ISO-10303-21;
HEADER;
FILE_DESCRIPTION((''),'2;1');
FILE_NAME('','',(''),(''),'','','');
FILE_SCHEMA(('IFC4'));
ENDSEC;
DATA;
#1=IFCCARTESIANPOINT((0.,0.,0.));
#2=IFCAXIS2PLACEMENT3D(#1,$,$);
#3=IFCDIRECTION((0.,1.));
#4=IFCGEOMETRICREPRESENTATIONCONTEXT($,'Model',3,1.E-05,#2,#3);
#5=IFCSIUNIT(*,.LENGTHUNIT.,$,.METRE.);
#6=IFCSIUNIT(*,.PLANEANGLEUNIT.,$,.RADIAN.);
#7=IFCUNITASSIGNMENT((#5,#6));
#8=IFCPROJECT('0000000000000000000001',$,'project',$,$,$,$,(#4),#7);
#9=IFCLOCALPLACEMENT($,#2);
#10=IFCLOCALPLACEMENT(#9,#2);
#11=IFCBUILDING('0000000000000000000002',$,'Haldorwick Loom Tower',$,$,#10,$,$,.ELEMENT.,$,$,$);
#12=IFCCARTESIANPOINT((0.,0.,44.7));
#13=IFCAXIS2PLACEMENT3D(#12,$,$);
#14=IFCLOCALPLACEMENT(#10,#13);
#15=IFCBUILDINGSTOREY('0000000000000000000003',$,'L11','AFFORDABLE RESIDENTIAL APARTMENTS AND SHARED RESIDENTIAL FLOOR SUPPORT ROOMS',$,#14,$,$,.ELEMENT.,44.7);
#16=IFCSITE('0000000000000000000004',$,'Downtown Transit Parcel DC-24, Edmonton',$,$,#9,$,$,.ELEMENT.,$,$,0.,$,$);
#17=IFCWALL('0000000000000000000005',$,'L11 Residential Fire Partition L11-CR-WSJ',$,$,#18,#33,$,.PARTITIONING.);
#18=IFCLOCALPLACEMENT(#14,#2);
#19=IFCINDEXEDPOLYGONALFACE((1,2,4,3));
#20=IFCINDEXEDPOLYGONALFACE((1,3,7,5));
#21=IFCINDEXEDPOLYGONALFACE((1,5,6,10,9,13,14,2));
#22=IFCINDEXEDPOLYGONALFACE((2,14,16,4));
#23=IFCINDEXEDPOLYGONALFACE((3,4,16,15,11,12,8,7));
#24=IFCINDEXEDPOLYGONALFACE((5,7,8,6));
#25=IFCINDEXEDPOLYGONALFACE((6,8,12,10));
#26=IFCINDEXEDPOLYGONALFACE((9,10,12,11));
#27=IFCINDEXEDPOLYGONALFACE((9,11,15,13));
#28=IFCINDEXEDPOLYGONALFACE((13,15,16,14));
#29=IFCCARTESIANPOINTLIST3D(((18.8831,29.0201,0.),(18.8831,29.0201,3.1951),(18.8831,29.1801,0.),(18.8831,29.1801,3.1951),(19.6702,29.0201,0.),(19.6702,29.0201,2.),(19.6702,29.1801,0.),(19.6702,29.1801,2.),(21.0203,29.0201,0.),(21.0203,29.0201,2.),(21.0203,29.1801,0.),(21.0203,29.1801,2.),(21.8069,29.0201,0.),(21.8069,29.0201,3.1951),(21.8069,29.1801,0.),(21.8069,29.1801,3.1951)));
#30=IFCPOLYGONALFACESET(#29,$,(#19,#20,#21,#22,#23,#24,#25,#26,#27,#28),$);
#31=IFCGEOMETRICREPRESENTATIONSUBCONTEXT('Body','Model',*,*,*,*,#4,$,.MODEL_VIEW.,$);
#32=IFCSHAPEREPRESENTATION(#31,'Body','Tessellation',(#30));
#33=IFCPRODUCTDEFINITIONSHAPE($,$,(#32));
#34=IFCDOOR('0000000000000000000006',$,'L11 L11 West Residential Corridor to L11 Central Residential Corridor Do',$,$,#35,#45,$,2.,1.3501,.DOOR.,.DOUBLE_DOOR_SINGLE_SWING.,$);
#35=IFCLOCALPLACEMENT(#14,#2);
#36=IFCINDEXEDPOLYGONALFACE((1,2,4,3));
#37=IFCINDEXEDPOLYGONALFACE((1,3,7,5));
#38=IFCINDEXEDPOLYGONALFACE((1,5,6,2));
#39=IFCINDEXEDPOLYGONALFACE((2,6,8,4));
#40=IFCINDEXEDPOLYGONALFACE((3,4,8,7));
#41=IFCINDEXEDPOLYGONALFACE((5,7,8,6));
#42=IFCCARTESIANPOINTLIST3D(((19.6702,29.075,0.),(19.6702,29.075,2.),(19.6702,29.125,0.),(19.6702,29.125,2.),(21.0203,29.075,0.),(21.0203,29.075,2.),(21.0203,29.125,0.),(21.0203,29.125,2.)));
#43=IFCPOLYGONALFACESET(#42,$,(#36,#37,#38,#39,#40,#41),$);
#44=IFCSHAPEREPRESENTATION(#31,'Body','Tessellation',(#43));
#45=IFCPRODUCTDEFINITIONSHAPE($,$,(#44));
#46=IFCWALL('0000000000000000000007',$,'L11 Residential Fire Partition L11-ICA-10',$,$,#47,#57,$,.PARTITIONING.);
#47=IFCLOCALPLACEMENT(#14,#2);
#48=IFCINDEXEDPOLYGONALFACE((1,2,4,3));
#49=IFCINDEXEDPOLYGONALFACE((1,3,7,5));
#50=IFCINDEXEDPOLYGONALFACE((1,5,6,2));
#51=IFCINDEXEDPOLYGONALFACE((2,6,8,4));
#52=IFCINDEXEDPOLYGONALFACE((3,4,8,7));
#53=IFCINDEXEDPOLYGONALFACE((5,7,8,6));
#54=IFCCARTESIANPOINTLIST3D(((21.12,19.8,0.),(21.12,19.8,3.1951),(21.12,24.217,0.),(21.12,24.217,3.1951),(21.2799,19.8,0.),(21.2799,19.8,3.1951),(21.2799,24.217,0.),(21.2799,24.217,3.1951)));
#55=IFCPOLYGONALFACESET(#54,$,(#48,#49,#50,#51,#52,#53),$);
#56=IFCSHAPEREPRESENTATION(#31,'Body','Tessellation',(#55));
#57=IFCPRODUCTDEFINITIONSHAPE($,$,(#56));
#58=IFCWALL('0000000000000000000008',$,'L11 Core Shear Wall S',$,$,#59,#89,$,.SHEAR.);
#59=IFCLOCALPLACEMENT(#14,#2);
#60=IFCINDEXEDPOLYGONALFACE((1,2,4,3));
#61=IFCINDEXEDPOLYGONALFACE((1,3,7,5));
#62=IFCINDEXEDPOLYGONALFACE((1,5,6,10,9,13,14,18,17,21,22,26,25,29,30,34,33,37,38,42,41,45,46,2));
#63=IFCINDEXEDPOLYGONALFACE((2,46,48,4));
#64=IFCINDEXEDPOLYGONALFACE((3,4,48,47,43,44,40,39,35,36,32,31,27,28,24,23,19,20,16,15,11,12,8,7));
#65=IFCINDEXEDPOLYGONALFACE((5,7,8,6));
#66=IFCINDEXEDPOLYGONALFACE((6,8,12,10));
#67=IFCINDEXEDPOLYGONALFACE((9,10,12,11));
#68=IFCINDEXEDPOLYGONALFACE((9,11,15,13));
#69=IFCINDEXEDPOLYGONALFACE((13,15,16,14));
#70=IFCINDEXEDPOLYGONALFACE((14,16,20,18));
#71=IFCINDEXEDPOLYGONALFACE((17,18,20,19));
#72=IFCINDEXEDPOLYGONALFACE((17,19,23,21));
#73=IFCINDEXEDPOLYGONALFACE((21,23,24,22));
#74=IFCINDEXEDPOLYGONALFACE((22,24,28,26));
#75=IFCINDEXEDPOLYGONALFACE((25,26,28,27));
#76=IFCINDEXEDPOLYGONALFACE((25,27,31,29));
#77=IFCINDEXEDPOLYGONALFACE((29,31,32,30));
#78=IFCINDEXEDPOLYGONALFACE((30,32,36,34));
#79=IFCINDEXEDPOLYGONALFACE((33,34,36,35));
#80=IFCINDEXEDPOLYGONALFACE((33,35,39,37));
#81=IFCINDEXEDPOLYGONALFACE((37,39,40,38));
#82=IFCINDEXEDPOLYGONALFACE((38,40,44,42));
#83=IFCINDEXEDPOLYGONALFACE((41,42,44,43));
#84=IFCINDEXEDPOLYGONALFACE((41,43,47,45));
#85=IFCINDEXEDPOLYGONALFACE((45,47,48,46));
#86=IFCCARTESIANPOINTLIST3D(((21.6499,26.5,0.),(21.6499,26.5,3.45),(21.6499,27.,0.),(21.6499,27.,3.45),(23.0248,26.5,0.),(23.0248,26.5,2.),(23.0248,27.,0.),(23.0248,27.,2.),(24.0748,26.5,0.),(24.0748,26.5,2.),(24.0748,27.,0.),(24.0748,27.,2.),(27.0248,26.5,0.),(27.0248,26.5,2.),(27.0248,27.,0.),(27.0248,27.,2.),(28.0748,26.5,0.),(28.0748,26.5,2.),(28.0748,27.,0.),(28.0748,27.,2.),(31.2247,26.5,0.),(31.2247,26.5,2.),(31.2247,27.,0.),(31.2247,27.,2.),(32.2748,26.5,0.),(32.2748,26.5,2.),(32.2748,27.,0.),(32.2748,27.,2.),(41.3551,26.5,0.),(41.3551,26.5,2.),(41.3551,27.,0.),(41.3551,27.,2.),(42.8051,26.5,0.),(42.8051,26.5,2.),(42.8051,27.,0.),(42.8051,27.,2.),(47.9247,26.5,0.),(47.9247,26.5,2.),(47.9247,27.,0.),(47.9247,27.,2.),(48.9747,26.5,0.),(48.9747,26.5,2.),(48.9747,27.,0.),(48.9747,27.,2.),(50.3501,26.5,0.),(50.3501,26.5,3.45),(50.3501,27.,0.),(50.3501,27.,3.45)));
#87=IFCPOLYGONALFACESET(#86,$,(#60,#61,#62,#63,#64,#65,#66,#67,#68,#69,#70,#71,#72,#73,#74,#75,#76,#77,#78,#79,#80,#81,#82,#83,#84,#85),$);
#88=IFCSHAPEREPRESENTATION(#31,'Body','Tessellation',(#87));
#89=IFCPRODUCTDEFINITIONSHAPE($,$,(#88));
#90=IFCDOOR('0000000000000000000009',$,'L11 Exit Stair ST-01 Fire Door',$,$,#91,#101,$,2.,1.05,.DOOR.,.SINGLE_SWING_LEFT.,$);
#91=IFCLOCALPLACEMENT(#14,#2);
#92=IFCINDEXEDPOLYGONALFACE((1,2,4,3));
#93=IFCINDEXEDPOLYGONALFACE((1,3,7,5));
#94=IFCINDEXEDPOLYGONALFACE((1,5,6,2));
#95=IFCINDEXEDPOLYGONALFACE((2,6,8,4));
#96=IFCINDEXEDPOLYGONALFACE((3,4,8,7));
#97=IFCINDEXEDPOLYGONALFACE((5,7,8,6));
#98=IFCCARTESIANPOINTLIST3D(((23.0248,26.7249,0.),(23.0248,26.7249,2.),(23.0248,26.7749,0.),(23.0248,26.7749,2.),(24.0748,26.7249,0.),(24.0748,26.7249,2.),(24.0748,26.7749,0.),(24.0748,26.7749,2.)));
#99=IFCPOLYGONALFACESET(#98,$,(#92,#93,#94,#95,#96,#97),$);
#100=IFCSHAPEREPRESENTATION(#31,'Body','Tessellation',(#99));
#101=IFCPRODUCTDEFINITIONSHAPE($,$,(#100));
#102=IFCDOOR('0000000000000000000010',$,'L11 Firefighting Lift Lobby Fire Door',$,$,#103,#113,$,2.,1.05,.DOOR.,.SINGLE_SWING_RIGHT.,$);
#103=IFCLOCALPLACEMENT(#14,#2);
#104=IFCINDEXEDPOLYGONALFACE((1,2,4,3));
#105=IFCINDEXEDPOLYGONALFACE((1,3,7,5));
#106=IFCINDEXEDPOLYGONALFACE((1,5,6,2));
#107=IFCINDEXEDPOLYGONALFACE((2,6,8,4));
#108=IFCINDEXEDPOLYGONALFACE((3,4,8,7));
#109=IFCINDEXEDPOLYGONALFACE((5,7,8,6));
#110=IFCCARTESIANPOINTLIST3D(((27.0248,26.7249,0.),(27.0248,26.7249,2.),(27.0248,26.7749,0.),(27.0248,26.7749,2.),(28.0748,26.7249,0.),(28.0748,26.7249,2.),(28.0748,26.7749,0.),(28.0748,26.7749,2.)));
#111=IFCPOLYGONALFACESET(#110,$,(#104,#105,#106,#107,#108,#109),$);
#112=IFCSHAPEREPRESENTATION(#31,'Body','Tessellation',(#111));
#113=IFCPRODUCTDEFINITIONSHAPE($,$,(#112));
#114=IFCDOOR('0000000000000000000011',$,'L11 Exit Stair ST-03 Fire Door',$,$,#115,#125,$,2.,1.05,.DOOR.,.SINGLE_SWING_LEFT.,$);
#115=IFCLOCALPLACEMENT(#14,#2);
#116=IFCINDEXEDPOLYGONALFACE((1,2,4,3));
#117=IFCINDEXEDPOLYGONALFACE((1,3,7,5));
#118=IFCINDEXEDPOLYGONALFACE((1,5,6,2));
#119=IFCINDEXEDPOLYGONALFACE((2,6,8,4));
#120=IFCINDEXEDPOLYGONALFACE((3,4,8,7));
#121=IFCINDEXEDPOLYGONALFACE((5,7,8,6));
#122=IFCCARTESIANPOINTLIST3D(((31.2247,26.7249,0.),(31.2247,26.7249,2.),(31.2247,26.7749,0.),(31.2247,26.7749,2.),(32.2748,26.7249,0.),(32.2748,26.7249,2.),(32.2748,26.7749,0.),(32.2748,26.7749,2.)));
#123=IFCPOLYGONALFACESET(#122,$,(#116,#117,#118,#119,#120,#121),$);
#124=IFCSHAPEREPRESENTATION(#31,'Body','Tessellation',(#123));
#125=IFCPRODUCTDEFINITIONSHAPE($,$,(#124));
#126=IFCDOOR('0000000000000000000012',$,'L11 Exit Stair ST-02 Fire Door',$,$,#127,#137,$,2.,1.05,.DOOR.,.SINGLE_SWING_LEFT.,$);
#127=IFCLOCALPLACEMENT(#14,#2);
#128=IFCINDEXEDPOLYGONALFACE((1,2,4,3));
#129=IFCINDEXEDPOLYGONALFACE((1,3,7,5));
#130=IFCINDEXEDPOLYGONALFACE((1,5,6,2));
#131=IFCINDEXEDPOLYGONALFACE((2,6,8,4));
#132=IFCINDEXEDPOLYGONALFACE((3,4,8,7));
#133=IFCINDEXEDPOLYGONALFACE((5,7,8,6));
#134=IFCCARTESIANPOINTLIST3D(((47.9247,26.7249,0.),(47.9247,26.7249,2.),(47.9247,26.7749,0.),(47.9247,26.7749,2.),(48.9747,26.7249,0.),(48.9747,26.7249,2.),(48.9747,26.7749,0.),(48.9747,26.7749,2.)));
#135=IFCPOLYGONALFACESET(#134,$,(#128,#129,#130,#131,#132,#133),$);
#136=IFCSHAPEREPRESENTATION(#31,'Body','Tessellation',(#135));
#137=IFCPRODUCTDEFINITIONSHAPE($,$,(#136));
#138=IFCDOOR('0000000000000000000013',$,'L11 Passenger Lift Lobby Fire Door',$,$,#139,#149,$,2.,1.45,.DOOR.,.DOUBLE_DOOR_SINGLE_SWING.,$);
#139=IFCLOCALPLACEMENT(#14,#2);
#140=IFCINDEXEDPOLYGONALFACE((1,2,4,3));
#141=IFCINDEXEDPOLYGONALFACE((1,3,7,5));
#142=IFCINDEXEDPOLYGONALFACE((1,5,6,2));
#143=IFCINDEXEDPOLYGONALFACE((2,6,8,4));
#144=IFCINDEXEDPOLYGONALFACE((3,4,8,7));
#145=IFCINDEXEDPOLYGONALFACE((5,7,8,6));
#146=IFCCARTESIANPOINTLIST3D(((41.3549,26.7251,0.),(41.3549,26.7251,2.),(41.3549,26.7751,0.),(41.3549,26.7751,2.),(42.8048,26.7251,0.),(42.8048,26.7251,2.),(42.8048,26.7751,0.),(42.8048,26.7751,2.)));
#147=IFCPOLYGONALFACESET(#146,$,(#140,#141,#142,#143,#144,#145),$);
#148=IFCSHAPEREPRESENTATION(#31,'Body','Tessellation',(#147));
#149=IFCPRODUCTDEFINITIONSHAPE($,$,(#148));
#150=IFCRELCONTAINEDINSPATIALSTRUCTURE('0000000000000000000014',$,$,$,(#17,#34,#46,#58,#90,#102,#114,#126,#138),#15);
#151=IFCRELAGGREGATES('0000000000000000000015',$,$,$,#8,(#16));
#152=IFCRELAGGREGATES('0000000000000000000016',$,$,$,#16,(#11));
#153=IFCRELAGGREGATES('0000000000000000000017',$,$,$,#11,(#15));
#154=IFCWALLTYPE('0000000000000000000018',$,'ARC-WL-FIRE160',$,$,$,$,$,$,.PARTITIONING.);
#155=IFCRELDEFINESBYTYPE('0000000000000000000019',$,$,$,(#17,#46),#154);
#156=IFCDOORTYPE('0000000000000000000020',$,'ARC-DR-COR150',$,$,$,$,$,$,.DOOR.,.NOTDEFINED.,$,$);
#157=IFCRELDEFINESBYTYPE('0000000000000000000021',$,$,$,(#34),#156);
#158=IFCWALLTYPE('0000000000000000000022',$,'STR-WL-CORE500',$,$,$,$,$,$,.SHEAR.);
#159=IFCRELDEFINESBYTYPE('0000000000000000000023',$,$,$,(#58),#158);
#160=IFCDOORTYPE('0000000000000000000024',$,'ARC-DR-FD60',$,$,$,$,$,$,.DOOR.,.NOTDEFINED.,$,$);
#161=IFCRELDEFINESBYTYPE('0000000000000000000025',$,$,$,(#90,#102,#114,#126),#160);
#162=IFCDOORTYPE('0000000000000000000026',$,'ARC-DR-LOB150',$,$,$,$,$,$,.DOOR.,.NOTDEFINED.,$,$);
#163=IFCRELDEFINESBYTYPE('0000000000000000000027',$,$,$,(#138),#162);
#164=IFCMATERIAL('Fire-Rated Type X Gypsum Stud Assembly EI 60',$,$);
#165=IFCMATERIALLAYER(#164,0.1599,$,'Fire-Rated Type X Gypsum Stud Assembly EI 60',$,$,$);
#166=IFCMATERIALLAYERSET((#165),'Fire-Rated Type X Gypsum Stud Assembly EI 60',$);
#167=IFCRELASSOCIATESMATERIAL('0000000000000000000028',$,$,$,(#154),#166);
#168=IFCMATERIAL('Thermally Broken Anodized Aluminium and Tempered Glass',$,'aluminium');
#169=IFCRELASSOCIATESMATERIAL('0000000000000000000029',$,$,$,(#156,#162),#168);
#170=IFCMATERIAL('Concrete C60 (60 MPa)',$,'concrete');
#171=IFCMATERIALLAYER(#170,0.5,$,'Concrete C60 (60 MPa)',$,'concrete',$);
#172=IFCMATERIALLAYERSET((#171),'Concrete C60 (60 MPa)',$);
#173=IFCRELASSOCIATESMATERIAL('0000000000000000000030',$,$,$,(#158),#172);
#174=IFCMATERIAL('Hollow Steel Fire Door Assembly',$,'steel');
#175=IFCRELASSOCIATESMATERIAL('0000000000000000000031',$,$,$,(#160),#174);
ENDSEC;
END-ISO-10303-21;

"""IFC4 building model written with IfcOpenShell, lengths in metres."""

from ifc_helpers import new_model, si_unit, direction, frame, frame_2d, origin, place, context, subcontext, project, spatial, rectangle, extrude, material, layer, layer_set, type_object, element, fill, save


model = new_model("IFC4")

# Units and contexts
model_context = context("Model", 3, precision=1e-05, world=origin(), true_north=direction((0.0, 1.0)))
body_context = subcontext(model_context, "Body", "Model", "MODEL_VIEW")
ifc_project = project(units=[si_unit("LENGTHUNIT", "METRE"), si_unit("PLANEANGLEUNIT", "RADIAN")], contexts=[model_context])

# Site, building, storey
site_placement = place(None, origin())
site = spatial("IfcSite", under=ifc_project, at=site_placement, Name="Downtown Transit Parcel DC-24, Edmonton", CompositionType="ELEMENT", RefElevation=0.0)
building_placement = place(site_placement, origin())
building = spatial("IfcBuilding", under=site, at=building_placement, Name="Haldorwick Loom Tower", CompositionType="ELEMENT")
storey_placement = place(building_placement, frame((0.0, 0.0, 44.7)))
storey = spatial("IfcBuildingStorey", under=building, at=storey_placement, Name="L11", Description="AFFORDABLE RESIDENTIAL APARTMENTS AND SHARED RESIDENTIAL FLOOR SUPPORT ROOMS", CompositionType="ELEMENT", Elevation=44.7)

# Shared definitions
ifc_material_1 = material(Name="Concrete C60 (60 MPa)", Category="concrete")

# Wall, opening, door
ifc_material_2 = material(Name="Fire-Rated Type X Gypsum Stud Assembly EI 60")
ifc_layer_1 = layer(ifc_material_2, 0.1599, Name="Fire-Rated Type X Gypsum Stud Assembly EI 60")
ifc_layer_set_1 = layer_set([ifc_layer_1], Name="Fire-Rated Type X Gypsum Stud Assembly EI 60")
wall_type_1 = type_object("IfcWallType", Name="ARC-WL-FIRE160", PredefinedType="PARTITIONING", material=ifc_layer_set_1)
wall_1_placement = place(storey_placement, frame((18.8831, 29.1001, 0.0), z_axis=(0.0, 0.0, 1.0), x_axis=(1.0, 0.0, 0.0)))
wall_1 = element("IfcWall", 1, at=wall_1_placement, inside=storey, type_object=wall_type_1, Name="L11 Residential Fire Partition L11-CR-WSJ", PredefinedType="PARTITIONING", context=body_context, shape_type="SweptSolid", body=[
    extrude(rectangle(XDim=2.9238, YDim=0.1599, at=frame_2d((1.4619, 0.0))), origin(), (0.0, 0.0, 1.0), 3.1951),
])
opening_1_placement = place(wall_1_placement, frame((0.7871, 0.0, 0.0)))
opening_1 = element("IfcOpeningElement", 2, at=opening_1_placement, cuts=wall_1, PredefinedType="OPENING", context=body_context, shape_type="SweptSolid", body=[
    extrude(rectangle(XDim=1.3501, YDim=2.0, at=frame_2d((0.675, 1.0))), frame((0.0, 0.0898, 0.0), z_axis=(0.0, -1.0, 0.0), x_axis=(1.0, 0.0, 0.0)), (0.0, 0.0, 1.0), 0.1799),
])
ifc_material_3 = material(Name="Thermally Broken Anodized Aluminium and Tempered Glass", Category="aluminium")
door_type_1 = type_object("IfcDoorType", Name="ARC-DR-COR150", OperationType="NOTDEFINED", PredefinedType="DOOR", material=ifc_material_3)
door_1_placement = place(opening_1_placement, origin())
door_1 = element("IfcDoor", 3, at=door_1_placement, inside=storey, type_object=door_type_1, Name="L11 L11 West Residential Corridor to L11 Central Residential Corridor Do", OperationType="DOUBLE_DOOR_SINGLE_SWING", OverallHeight=2.0, OverallWidth=1.3501, PredefinedType="DOOR", context=body_context, shape_type="SweptSolid", body=[
    extrude(rectangle(XDim=1.3501, YDim=2.0, at=frame_2d((0.675, 1.0))), frame((0.0, 0.0249, 0.0), z_axis=(0.0, -1.0, 0.0), x_axis=(1.0, 0.0, 0.0)), (0.0, 0.0, 1.0), 0.05),
])
fill(opening_1, door_1)

# Wall
wall_2_placement = place(storey_placement, frame((21.2, 24.217, 0.0), z_axis=(0.0, 0.0, 1.0), x_axis=(0.0, -1.0, 0.0)))
element("IfcWall", 4, at=wall_2_placement, inside=storey, type_object=wall_type_1, Name="L11 Residential Fire Partition L11-ICA-10", PredefinedType="PARTITIONING", context=body_context, shape_type="SweptSolid", body=[
    extrude(rectangle(XDim=4.417, YDim=0.1599, at=frame_2d((2.2085, 0.0))), origin(), (0.0, 0.0, 1.0), 3.1951),
])

# Wall, openings, doors
ifc_layer_2 = layer(ifc_material_1, 0.5, Name="Concrete C60 (60 MPa)", Category="concrete")
ifc_layer_set_2 = layer_set([ifc_layer_2], Name="Concrete C60 (60 MPa)")
wall_type_2 = type_object("IfcWallType", Name="STR-WL-CORE500", PredefinedType="SHEAR", material=ifc_layer_set_2)
wall_3_placement = place(storey_placement, frame((21.6499, 26.75, 0.0), z_axis=(0.0, 0.0, 1.0), x_axis=(1.0, 0.0, 0.0)))
wall_3 = element("IfcWall", 5, at=wall_3_placement, inside=storey, type_object=wall_type_2, Name="L11 Core Shear Wall S", PredefinedType="SHEAR", context=body_context, shape_type="SweptSolid", body=[
    extrude(rectangle(XDim=28.7002, YDim=0.5, at=frame_2d((14.3501, 0.0))), origin(), (0.0, 0.0, 1.0), 3.45),
])
opening_2_placement = place(wall_3_placement, frame((1.375, 0.0, 0.0)))
opening_2 = element("IfcOpeningElement", 6, at=opening_2_placement, cuts=wall_3, PredefinedType="OPENING", context=body_context, shape_type="SweptSolid", body=[
    extrude(rectangle(XDim=1.05, YDim=2.0, at=frame_2d((0.5249, 1.0))), frame((0.0, 0.26, 0.0), z_axis=(0.0, -1.0, 0.0), x_axis=(1.0, 0.0, 0.0)), (0.0, 0.0, 1.0), 0.52),
])
opening_3_placement = place(wall_3_placement, frame((5.375, 0.0, 0.0)))
opening_3 = element("IfcOpeningElement", 7, at=opening_3_placement, cuts=wall_3, PredefinedType="OPENING", context=body_context, shape_type="SweptSolid", body=[
    extrude(rectangle(XDim=1.05, YDim=2.0, at=frame_2d((0.5249, 1.0))), frame((0.0, 0.26, 0.0), z_axis=(0.0, -1.0, 0.0), x_axis=(1.0, 0.0, 0.0)), (0.0, 0.0, 1.0), 0.52),
])
opening_4_placement = place(wall_3_placement, frame((9.575, 0.0, 0.0)))
opening_4 = element("IfcOpeningElement", 8, at=opening_4_placement, cuts=wall_3, PredefinedType="OPENING", context=body_context, shape_type="SweptSolid", body=[
    extrude(rectangle(XDim=1.05, YDim=2.0, at=frame_2d((0.5249, 1.0))), frame((0.0, 0.26, 0.0), z_axis=(0.0, -1.0, 0.0), x_axis=(1.0, 0.0, 0.0)), (0.0, 0.0, 1.0), 0.52),
])
opening_5_placement = place(wall_3_placement, frame((19.7051, 0.0, 0.0)))
opening_5 = element("IfcOpeningElement", 9, at=opening_5_placement, cuts=wall_3, PredefinedType="OPENING", context=body_context, shape_type="SweptSolid", body=[
    extrude(rectangle(XDim=1.45, YDim=2.0, at=frame_2d((0.7251, 1.0))), frame((0.0, 0.26, 0.0), z_axis=(0.0, -1.0, 0.0), x_axis=(1.0, 0.0, 0.0)), (0.0, 0.0, 1.0), 0.52),
])
opening_6_placement = place(wall_3_placement, frame((26.2749, 0.0, 0.0)))
opening_6 = element("IfcOpeningElement", 10, at=opening_6_placement, cuts=wall_3, PredefinedType="OPENING", context=body_context, shape_type="SweptSolid", body=[
    extrude(rectangle(XDim=1.05, YDim=2.0, at=frame_2d((0.5249, 1.0))), frame((0.0, 0.26, 0.0), z_axis=(0.0, -1.0, 0.0), x_axis=(1.0, 0.0, 0.0)), (0.0, 0.0, 1.0), 0.52),
])
ifc_material_4 = material(Name="Hollow Steel Fire Door Assembly", Category="steel")
door_type_2 = type_object("IfcDoorType", Name="ARC-DR-FD60", OperationType="NOTDEFINED", PredefinedType="DOOR", material=ifc_material_4)
door_2_placement = place(opening_2_placement, origin())
door_2 = element("IfcDoor", 11, at=door_2_placement, inside=storey, type_object=door_type_2, Name="L11 Exit Stair ST-01 Fire Door", OperationType="SINGLE_SWING_LEFT", OverallHeight=2.0, OverallWidth=1.05, PredefinedType="DOOR", context=body_context, shape_type="SweptSolid", body=[
    extrude(rectangle(XDim=1.05, YDim=2.0, at=frame_2d((0.5249, 1.0))), frame((0.0, 0.0249, 0.0), z_axis=(0.0, -1.0, 0.0), x_axis=(1.0, 0.0, 0.0)), (0.0, 0.0, 1.0), 0.05),
])
fill(opening_2, door_2)
door_3_placement = place(opening_3_placement, origin())
door_3 = element("IfcDoor", 12, at=door_3_placement, inside=storey, type_object=door_type_2, Name="L11 Firefighting Lift Lobby Fire Door", OperationType="SINGLE_SWING_RIGHT", OverallHeight=2.0, OverallWidth=1.05, PredefinedType="DOOR", context=body_context, shape_type="SweptSolid", body=[
    extrude(rectangle(XDim=1.05, YDim=2.0, at=frame_2d((0.5249, 1.0))), frame((0.0, 0.0249, 0.0), z_axis=(0.0, -1.0, 0.0), x_axis=(1.0, 0.0, 0.0)), (0.0, 0.0, 1.0), 0.05),
])
fill(opening_3, door_3)
door_4_placement = place(opening_4_placement, origin())
door_4 = element("IfcDoor", 13, at=door_4_placement, inside=storey, type_object=door_type_2, Name="L11 Exit Stair ST-03 Fire Door", OperationType="SINGLE_SWING_LEFT", OverallHeight=2.0, OverallWidth=1.05, PredefinedType="DOOR", context=body_context, shape_type="SweptSolid", body=[
    extrude(rectangle(XDim=1.05, YDim=2.0, at=frame_2d((0.5249, 1.0))), frame((0.0, 0.0249, 0.0), z_axis=(0.0, -1.0, 0.0), x_axis=(1.0, 0.0, 0.0)), (0.0, 0.0, 1.0), 0.05),
])
fill(opening_4, door_4)
door_5_placement = place(opening_6_placement, origin())
door_5 = element("IfcDoor", 14, at=door_5_placement, inside=storey, type_object=door_type_2, Name="L11 Exit Stair ST-02 Fire Door", OperationType="SINGLE_SWING_LEFT", OverallHeight=2.0, OverallWidth=1.05, PredefinedType="DOOR", context=body_context, shape_type="SweptSolid", body=[
    extrude(rectangle(XDim=1.05, YDim=2.0, at=frame_2d((0.5249, 1.0))), frame((0.0, 0.0249, 0.0), z_axis=(0.0, -1.0, 0.0), x_axis=(1.0, 0.0, 0.0)), (0.0, 0.0, 1.0), 0.05),
])
fill(opening_6, door_5)
door_type_3 = type_object("IfcDoorType", Name="ARC-DR-LOB150", OperationType="NOTDEFINED", PredefinedType="DOOR", material=ifc_material_3)
door_6_placement = place(opening_5_placement, frame((1.45, 0.0, 0.0), z_axis=(0.0, 0.0, 1.0), x_axis=(-1.0, 0.0, 0.0)))
door_6 = element("IfcDoor", 15, at=door_6_placement, inside=storey, type_object=door_type_3, Name="L11 Passenger Lift Lobby Fire Door", OperationType="DOUBLE_DOOR_SINGLE_SWING", OverallHeight=2.0, OverallWidth=1.45, PredefinedType="DOOR", context=body_context, shape_type="SweptSolid", body=[
    extrude(rectangle(XDim=1.45, YDim=2.0, at=frame_2d((0.7251, 1.0))), frame((0.0, 0.0249, 0.0), z_axis=(0.0, -1.0, 0.0), x_axis=(1.0, 0.0, 0.0)), (0.0, 0.0, 1.0), 0.05),
])
fill(opening_5, door_6)

save(model, "model.ifc")
